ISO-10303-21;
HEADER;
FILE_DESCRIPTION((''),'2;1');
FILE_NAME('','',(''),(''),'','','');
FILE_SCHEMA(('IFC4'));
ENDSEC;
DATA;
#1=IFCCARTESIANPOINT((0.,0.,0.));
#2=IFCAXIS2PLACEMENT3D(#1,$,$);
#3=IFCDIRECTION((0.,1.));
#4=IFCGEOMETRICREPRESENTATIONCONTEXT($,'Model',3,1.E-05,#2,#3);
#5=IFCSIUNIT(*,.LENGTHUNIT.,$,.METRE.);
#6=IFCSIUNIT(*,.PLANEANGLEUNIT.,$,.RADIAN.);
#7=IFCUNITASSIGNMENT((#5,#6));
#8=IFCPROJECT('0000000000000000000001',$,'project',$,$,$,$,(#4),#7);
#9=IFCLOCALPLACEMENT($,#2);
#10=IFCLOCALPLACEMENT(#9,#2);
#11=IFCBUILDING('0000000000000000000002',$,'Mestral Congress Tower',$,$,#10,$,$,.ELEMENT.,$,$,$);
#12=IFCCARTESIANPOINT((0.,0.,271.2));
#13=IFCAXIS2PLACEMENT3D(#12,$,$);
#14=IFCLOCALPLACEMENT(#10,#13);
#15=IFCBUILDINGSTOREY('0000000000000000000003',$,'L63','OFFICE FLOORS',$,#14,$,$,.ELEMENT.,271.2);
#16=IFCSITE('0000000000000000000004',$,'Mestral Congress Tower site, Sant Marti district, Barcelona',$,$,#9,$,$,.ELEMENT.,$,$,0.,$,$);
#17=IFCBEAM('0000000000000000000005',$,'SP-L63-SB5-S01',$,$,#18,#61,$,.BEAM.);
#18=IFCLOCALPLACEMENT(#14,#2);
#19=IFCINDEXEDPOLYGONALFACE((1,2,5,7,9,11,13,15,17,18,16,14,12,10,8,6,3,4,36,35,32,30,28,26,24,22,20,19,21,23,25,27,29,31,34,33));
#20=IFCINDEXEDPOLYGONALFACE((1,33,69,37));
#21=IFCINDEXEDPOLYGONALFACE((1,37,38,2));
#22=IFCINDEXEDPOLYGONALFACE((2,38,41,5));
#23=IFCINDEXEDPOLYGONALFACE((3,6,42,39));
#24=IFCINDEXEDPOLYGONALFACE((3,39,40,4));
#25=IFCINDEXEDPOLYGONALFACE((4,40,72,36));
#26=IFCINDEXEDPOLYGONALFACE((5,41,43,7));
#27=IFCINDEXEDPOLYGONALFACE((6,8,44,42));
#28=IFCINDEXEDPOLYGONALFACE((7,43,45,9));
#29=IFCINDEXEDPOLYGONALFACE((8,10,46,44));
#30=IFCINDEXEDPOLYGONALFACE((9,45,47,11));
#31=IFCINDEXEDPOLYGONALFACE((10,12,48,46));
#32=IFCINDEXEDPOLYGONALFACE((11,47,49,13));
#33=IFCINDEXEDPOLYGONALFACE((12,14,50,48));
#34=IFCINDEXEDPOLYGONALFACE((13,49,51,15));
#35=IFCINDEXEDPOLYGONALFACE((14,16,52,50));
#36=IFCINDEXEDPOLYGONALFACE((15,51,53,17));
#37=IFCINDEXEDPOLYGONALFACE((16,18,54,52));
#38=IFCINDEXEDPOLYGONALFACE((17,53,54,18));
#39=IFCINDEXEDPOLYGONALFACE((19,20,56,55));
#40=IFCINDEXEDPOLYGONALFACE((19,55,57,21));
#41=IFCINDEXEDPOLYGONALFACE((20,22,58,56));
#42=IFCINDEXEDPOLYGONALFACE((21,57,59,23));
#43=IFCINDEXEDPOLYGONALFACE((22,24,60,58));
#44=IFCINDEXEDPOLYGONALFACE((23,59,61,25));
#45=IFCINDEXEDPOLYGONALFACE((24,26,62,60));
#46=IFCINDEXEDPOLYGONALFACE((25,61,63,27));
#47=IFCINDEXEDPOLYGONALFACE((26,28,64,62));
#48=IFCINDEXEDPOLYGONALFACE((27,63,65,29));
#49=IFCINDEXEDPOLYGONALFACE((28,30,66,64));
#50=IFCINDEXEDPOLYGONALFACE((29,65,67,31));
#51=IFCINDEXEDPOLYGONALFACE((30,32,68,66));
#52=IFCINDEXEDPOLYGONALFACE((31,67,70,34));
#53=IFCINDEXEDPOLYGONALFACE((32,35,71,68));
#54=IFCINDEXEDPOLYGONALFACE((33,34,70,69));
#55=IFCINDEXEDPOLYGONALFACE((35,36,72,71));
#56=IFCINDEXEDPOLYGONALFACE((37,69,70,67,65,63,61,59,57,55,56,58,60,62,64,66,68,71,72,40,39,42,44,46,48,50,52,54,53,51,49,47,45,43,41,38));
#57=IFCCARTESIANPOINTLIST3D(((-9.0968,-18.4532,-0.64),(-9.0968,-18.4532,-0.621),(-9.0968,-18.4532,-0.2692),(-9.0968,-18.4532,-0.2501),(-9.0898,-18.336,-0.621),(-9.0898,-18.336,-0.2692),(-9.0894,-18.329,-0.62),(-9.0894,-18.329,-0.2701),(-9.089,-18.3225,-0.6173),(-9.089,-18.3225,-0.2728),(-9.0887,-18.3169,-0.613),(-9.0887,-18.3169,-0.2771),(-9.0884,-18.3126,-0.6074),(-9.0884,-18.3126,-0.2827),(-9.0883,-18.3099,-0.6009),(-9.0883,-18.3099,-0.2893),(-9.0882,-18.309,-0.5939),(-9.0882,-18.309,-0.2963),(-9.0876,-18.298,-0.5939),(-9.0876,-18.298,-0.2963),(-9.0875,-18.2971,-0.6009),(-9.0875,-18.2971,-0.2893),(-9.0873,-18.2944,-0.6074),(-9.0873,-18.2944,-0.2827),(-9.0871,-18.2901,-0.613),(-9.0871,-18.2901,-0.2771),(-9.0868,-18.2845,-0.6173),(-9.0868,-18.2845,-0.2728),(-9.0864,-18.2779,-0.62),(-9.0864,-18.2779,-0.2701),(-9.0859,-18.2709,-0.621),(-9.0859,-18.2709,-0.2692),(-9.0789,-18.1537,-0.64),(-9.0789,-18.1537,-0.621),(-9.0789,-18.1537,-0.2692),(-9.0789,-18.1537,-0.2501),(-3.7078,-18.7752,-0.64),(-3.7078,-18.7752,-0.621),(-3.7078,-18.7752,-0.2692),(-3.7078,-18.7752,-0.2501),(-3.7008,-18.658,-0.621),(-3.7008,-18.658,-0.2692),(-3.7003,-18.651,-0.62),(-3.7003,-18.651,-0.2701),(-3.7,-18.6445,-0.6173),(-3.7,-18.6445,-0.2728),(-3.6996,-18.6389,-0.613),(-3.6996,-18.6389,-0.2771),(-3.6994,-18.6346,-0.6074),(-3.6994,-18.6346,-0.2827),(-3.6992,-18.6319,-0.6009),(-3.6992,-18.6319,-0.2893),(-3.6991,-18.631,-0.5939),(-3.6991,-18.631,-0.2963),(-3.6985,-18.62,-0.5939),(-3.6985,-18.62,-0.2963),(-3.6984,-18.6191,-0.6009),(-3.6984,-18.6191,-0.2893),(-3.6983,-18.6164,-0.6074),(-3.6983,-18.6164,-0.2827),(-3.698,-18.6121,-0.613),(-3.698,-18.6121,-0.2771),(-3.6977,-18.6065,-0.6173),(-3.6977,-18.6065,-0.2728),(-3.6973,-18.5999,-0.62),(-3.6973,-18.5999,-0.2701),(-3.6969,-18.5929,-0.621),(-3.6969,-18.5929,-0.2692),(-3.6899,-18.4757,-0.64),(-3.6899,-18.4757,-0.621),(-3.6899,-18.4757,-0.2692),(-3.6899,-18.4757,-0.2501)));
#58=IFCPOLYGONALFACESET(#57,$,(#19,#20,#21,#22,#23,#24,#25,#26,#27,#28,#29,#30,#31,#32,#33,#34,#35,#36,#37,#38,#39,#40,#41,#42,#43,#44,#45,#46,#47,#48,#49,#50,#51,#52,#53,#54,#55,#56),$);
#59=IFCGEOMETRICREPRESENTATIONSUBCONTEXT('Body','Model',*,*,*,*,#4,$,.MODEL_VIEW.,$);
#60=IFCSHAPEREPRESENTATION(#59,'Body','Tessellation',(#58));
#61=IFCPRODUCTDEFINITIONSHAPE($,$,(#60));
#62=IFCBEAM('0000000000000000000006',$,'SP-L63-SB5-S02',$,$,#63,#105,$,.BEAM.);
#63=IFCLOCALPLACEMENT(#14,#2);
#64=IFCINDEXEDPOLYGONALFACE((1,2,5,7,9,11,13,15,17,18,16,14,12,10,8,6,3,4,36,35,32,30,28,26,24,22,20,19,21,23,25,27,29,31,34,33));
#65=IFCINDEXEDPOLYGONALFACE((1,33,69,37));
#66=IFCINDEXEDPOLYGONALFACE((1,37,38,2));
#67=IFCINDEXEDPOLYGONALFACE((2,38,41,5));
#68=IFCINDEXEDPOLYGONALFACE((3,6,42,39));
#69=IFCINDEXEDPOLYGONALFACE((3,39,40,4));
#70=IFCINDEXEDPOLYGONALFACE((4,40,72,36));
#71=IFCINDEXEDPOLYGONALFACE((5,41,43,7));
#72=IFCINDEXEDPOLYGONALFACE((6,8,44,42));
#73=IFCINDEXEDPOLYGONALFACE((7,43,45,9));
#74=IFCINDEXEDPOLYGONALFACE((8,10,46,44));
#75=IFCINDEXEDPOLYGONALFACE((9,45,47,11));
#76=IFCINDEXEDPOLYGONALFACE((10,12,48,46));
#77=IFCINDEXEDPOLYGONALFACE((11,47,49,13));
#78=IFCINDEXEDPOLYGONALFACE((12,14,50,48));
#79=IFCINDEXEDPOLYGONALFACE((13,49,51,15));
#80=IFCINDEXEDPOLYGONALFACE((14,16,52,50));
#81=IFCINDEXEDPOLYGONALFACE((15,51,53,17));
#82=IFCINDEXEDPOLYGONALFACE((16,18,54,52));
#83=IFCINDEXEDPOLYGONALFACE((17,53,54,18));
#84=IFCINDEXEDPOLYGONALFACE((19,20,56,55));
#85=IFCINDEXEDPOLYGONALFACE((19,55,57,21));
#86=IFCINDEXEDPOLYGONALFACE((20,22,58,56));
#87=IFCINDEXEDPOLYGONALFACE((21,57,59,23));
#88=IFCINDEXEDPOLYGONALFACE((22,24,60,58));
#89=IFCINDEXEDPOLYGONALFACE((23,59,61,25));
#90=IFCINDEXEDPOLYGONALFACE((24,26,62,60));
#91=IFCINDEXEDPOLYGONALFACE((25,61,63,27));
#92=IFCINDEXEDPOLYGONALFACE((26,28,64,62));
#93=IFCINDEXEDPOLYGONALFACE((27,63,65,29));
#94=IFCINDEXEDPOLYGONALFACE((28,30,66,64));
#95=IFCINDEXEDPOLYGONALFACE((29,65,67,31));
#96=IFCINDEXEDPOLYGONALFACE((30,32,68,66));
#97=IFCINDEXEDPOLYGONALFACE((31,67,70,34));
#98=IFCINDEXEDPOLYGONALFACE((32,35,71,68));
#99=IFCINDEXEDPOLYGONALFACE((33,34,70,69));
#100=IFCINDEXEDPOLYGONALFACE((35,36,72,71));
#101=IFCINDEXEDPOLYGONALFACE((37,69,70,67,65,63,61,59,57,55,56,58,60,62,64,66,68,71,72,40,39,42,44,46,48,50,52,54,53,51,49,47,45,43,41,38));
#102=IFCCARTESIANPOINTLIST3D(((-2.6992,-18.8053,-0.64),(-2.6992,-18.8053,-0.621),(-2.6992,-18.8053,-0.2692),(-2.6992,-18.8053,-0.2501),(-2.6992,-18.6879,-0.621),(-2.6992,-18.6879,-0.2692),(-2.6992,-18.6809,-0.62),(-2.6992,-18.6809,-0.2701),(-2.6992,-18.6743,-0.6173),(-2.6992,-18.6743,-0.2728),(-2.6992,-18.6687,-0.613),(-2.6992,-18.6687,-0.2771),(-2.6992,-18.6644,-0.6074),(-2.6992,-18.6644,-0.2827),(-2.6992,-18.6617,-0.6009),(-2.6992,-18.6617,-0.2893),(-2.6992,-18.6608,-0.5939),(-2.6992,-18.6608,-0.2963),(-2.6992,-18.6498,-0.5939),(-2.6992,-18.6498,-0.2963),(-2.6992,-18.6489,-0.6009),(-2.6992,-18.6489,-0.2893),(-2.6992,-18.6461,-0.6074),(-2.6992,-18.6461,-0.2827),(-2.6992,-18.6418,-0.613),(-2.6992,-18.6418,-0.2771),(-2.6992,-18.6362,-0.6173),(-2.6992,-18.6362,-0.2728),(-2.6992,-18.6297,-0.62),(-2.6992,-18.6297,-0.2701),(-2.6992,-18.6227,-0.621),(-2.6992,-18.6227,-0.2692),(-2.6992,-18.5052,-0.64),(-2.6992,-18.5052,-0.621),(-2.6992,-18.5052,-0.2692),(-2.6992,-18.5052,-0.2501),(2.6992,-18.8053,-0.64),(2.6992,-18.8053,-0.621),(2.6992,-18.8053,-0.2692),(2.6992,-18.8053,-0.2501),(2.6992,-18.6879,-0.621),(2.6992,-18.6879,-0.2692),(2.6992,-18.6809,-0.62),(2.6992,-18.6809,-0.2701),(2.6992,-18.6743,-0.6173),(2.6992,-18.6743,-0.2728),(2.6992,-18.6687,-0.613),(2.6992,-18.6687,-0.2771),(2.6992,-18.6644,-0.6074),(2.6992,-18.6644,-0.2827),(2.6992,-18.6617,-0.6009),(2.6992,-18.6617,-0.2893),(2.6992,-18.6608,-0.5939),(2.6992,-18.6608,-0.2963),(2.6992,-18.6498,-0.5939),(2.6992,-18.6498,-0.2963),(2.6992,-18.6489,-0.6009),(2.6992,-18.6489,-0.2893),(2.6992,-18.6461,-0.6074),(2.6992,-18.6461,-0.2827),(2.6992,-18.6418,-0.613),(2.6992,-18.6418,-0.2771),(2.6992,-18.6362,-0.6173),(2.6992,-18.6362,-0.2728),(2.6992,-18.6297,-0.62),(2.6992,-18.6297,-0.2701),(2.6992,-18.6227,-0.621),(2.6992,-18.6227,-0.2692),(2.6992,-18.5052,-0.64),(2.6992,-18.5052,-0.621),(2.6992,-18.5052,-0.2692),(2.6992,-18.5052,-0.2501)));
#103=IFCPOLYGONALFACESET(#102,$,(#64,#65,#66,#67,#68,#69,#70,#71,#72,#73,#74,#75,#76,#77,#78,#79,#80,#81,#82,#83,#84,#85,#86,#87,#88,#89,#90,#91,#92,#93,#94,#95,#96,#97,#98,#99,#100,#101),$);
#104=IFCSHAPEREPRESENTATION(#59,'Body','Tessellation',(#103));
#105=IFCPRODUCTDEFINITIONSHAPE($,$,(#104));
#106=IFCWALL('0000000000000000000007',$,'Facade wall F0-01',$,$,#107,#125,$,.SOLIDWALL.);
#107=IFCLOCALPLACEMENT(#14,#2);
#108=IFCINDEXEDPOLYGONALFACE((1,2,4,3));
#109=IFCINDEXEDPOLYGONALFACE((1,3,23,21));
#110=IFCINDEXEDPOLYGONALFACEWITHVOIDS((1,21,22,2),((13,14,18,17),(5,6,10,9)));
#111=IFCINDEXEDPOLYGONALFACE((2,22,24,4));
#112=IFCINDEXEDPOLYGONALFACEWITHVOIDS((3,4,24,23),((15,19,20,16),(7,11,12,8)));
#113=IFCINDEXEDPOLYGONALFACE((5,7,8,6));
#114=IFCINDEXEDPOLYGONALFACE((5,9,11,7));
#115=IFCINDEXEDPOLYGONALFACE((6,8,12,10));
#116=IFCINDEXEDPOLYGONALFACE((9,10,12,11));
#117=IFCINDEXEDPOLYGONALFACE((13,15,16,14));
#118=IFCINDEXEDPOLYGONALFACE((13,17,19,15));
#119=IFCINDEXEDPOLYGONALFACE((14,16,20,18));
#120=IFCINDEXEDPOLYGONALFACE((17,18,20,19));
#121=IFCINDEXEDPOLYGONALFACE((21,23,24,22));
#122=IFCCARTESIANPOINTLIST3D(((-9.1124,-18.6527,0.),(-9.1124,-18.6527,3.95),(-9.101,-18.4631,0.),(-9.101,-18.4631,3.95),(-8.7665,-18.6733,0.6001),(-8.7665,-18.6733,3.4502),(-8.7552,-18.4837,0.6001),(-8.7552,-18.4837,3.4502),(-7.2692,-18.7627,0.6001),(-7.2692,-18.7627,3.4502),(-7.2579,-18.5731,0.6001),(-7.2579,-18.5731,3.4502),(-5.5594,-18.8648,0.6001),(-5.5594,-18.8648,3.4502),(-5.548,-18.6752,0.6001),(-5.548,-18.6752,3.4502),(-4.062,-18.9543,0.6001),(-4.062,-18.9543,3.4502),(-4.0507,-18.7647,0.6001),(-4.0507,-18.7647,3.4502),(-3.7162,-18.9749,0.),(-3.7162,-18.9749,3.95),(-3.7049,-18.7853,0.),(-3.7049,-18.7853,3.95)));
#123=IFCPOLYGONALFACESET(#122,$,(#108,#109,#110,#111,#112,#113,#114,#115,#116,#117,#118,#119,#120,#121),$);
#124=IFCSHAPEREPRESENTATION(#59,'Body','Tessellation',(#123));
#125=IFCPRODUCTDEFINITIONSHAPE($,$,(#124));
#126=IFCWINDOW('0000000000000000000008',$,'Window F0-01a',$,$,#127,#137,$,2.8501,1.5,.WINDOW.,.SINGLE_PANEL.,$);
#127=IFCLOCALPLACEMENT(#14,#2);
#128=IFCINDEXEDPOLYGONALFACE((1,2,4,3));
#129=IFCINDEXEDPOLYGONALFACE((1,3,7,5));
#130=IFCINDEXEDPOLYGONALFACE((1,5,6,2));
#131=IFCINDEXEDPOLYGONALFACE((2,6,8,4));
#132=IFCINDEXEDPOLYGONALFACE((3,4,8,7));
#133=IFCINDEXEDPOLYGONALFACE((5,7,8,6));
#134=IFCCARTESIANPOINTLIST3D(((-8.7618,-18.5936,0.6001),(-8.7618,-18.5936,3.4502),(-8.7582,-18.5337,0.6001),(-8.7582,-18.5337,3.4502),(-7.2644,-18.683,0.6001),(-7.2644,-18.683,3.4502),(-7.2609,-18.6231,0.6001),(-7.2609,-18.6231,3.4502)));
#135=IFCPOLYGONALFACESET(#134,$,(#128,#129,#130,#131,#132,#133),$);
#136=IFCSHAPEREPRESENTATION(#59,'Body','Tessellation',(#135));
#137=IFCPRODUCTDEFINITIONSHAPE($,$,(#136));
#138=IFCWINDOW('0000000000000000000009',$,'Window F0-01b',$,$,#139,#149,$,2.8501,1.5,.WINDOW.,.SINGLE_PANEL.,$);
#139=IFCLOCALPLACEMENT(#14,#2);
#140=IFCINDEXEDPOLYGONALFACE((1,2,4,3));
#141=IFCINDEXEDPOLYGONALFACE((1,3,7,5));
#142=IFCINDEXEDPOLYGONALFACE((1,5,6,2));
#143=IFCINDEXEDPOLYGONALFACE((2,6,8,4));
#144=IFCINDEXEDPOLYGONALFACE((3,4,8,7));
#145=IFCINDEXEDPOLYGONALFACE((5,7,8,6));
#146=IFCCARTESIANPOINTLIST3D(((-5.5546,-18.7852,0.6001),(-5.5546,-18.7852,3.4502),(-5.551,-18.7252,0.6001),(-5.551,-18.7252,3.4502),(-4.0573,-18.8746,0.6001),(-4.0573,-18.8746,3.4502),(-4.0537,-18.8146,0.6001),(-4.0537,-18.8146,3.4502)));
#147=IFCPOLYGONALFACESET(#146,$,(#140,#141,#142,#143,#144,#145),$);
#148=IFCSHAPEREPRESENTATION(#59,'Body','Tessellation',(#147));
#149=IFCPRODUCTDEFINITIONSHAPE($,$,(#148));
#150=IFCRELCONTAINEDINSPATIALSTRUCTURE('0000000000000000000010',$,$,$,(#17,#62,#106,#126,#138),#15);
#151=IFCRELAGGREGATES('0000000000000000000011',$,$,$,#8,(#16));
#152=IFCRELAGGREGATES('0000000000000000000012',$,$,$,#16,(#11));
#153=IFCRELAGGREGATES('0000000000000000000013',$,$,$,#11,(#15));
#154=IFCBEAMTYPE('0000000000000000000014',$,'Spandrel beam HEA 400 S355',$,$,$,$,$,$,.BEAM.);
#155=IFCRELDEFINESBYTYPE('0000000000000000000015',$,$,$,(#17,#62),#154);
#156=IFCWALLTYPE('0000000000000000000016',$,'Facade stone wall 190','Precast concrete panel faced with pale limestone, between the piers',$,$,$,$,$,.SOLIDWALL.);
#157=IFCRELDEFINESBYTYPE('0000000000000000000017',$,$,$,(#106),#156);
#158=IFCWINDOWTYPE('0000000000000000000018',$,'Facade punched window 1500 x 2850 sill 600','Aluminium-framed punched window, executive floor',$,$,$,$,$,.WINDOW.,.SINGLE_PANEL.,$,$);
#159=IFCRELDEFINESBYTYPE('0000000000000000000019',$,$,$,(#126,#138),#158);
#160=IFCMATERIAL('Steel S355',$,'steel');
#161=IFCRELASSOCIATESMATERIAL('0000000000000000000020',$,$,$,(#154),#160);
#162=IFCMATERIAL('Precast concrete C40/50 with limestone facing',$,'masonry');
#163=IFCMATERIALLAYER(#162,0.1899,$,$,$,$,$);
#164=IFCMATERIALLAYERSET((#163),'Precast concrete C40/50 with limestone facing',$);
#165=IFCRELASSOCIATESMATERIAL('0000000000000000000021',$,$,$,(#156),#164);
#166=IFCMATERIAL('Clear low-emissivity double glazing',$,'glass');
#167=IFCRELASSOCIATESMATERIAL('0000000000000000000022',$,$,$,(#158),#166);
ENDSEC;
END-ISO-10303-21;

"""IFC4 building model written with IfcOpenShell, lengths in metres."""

from ifc_helpers import new_model, si_unit, direction, frame, frame_2d, origin, origin_2d, place, context, subcontext, project, spatial, rectangle, i_section, extrude, material, layer, layer_set, material_profile, profile_set, type_object, element, fill, save


model = new_model("IFC4")

# Units and contexts
model_context = context("Model", 3, precision=1e-05, world=origin(), true_north=direction((0.0, 1.0)))
body_context = subcontext(model_context, "Body", "Model", "MODEL_VIEW")
ifc_project = project(units=[si_unit("LENGTHUNIT", "METRE"), si_unit("PLANEANGLEUNIT", "RADIAN")], contexts=[model_context])

# Site, building, storey
site_placement = place(None, origin())
site = spatial("IfcSite", under=ifc_project, at=site_placement, Name="Mestral Congress Tower site, Sant Marti district, Barcelona", CompositionType="ELEMENT", RefElevation=0.0)
building_placement = place(site_placement, origin())
building = spatial("IfcBuilding", under=site, at=building_placement, Name="Mestral Congress Tower", CompositionType="ELEMENT")
storey_placement = place(building_placement, frame((0.0, 0.0, 271.2)))
storey = spatial("IfcBuildingStorey", under=building, at=storey_placement, Name="L63", Description="OFFICE FLOORS", CompositionType="ELEMENT", Elevation=271.2)

# Beams
ifc_material_1 = material(Name="Steel S355", Category="steel")
ifc_material_profile_1 = material_profile(ifc_material_1, i_section(OverallWidth=0.3, OverallDepth=0.3899, WebThickness=0.011, FlangeThickness=0.019, FilletRadius=0.0271, at=origin_2d()), Name="HEA 400")
ifc_profile_set_1 = profile_set([ifc_material_profile_1], Name="Steel S355")
beam_type_1 = type_object("IfcBeamType", Name="Spandrel beam HEA 400 S355", PredefinedType="BEAM", material=ifc_profile_set_1)
beam_1_placement = place(storey_placement, frame((-9.0879, -18.3035, -0.4451), z_axis=(0.99822, -0.059647, 0.0), x_axis=(0.059647, 0.99822, 0.0)))
element("IfcBeam", 1, at=beam_1_placement, inside=storey, type_object=beam_type_1, Name="SP-L63-SB5-S01", PredefinedType="BEAM", context=body_context, shape_type="SweptSolid", body=[
    extrude(i_section(OverallWidth=0.3, OverallDepth=0.3899, WebThickness=0.011, FlangeThickness=0.019, FilletRadius=0.0271, at=origin_2d()), origin(), (0.0, 0.0, 1.0), 5.3987),
])
beam_2_placement = place(storey_placement, frame((-2.6992, -18.6553, -0.4451), z_axis=(1.0, 0.0, 0.0), x_axis=(0.0, 1.0, 0.0)))
element("IfcBeam", 2, at=beam_2_placement, inside=storey, type_object=beam_type_1, Name="SP-L63-SB5-S02", PredefinedType="BEAM", context=body_context, shape_type="SweptSolid", body=[
    extrude(i_section(OverallWidth=0.3, OverallDepth=0.3899, WebThickness=0.011, FlangeThickness=0.019, FilletRadius=0.0271, at=origin_2d()), origin(), (0.0, 0.0, 1.0), 5.3984),
])

# Wall, openings, windows
ifc_material_2 = material(Name="Precast concrete C40/50 with limestone facing", Category="masonry")
ifc_layer_1 = layer(ifc_material_2, 0.1899)
ifc_layer_set_1 = layer_set([ifc_layer_1], Name="Precast concrete C40/50 with limestone facing")
wall_type_1 = type_object("IfcWallType", Name="Facade stone wall 190", Description="Precast concrete panel faced with pale limestone, between the piers", PredefinedType="SOLIDWALL", material=ifc_layer_set_1)
wall_1_placement = place(storey_placement, frame((-9.1067, -18.5579, 0.0), z_axis=(0.0, 0.0, 1.0), x_axis=(0.998221, -0.059614, 0.0)))
wall_1 = element("IfcWall", 3, at=wall_1_placement, inside=storey, type_object=wall_type_1, Name="Facade wall F0-01", PredefinedType="SOLIDWALL", context=body_context, shape_type="SweptSolid", body=[
    extrude(rectangle(XDim=5.4058, YDim=0.1899, at=frame_2d((2.7029, 0.0))), origin(), (0.0, 0.0, 1.0), 3.95),
])
opening_1_placement = place(wall_1_placement, frame((0.3464, 0.0, 0.6001)))
opening_1 = element("IfcOpeningElement", 4, at=opening_1_placement, cuts=wall_1, PredefinedType="OPENING", context=body_context, shape_type="SweptSolid", body=[
    extrude(rectangle(XDim=1.5, YDim=2.8501, at=frame_2d((0.75, 1.425))), frame((0.0, 0.105, 0.0), z_axis=(0.0, -1.0, 0.0), x_axis=(1.0, 0.0, 0.0)), (0.0, 0.0, 1.0), 0.21),
])
opening_2_placement = place(wall_1_placement, frame((3.5593, 0.0, 0.6001)))
opening_2 = element("IfcOpeningElement", 5, at=opening_2_placement, cuts=wall_1, PredefinedType="OPENING", context=body_context, shape_type="SweptSolid", body=[
    extrude(rectangle(XDim=1.5, YDim=2.8501, at=frame_2d((0.75, 1.425))), frame((0.0, 0.105, 0.0), z_axis=(0.0, -1.0, 0.0), x_axis=(1.0, 0.0, 0.0)), (0.0, 0.0, 1.0), 0.21),
])
ifc_material_3 = material(Name="Clear low-emissivity double glazing", Category="glass")
window_type = type_object("IfcWindowType", Name="Facade punched window 1500 x 2850 sill 600", Description="Aluminium-framed punched window, executive floor", PartitioningType="SINGLE_PANEL", PredefinedType="WINDOW", material=ifc_material_3)
window_1_placement = place(opening_1_placement, origin())
window_1 = element("IfcWindow", 6, at=window_1_placement, inside=storey, type_object=window_type, Name="Window F0-01a", OverallHeight=2.8501, OverallWidth=1.5, PartitioningType="SINGLE_PANEL", PredefinedType="WINDOW", context=body_context, shape_type="SweptSolid", body=[
    extrude(rectangle(XDim=1.5, YDim=2.8501, at=frame_2d((0.75, 1.425))), frame((0.0, 0.0449, 0.0), z_axis=(0.0, -1.0, 0.0), x_axis=(1.0, 0.0, 0.0)), (0.0, 0.0, 1.0), 0.0601),
])
fill(opening_1, window_1)
window_2_placement = place(opening_2_placement, origin())
window_2 = element("IfcWindow", 7, at=window_2_placement, inside=storey, type_object=window_type, Name="Window F0-01b", OverallHeight=2.8501, OverallWidth=1.5, PartitioningType="SINGLE_PANEL", PredefinedType="WINDOW", context=body_context, shape_type="SweptSolid", body=[
    extrude(rectangle(XDim=1.5, YDim=2.8501, at=frame_2d((0.75, 1.425))), frame((0.0, 0.0449, 0.0), z_axis=(0.0, -1.0, 0.0), x_axis=(1.0, 0.0, 0.0)), (0.0, 0.0, 1.0), 0.0601),
])
fill(opening_2, window_2)

save(model, "model.ifc")
